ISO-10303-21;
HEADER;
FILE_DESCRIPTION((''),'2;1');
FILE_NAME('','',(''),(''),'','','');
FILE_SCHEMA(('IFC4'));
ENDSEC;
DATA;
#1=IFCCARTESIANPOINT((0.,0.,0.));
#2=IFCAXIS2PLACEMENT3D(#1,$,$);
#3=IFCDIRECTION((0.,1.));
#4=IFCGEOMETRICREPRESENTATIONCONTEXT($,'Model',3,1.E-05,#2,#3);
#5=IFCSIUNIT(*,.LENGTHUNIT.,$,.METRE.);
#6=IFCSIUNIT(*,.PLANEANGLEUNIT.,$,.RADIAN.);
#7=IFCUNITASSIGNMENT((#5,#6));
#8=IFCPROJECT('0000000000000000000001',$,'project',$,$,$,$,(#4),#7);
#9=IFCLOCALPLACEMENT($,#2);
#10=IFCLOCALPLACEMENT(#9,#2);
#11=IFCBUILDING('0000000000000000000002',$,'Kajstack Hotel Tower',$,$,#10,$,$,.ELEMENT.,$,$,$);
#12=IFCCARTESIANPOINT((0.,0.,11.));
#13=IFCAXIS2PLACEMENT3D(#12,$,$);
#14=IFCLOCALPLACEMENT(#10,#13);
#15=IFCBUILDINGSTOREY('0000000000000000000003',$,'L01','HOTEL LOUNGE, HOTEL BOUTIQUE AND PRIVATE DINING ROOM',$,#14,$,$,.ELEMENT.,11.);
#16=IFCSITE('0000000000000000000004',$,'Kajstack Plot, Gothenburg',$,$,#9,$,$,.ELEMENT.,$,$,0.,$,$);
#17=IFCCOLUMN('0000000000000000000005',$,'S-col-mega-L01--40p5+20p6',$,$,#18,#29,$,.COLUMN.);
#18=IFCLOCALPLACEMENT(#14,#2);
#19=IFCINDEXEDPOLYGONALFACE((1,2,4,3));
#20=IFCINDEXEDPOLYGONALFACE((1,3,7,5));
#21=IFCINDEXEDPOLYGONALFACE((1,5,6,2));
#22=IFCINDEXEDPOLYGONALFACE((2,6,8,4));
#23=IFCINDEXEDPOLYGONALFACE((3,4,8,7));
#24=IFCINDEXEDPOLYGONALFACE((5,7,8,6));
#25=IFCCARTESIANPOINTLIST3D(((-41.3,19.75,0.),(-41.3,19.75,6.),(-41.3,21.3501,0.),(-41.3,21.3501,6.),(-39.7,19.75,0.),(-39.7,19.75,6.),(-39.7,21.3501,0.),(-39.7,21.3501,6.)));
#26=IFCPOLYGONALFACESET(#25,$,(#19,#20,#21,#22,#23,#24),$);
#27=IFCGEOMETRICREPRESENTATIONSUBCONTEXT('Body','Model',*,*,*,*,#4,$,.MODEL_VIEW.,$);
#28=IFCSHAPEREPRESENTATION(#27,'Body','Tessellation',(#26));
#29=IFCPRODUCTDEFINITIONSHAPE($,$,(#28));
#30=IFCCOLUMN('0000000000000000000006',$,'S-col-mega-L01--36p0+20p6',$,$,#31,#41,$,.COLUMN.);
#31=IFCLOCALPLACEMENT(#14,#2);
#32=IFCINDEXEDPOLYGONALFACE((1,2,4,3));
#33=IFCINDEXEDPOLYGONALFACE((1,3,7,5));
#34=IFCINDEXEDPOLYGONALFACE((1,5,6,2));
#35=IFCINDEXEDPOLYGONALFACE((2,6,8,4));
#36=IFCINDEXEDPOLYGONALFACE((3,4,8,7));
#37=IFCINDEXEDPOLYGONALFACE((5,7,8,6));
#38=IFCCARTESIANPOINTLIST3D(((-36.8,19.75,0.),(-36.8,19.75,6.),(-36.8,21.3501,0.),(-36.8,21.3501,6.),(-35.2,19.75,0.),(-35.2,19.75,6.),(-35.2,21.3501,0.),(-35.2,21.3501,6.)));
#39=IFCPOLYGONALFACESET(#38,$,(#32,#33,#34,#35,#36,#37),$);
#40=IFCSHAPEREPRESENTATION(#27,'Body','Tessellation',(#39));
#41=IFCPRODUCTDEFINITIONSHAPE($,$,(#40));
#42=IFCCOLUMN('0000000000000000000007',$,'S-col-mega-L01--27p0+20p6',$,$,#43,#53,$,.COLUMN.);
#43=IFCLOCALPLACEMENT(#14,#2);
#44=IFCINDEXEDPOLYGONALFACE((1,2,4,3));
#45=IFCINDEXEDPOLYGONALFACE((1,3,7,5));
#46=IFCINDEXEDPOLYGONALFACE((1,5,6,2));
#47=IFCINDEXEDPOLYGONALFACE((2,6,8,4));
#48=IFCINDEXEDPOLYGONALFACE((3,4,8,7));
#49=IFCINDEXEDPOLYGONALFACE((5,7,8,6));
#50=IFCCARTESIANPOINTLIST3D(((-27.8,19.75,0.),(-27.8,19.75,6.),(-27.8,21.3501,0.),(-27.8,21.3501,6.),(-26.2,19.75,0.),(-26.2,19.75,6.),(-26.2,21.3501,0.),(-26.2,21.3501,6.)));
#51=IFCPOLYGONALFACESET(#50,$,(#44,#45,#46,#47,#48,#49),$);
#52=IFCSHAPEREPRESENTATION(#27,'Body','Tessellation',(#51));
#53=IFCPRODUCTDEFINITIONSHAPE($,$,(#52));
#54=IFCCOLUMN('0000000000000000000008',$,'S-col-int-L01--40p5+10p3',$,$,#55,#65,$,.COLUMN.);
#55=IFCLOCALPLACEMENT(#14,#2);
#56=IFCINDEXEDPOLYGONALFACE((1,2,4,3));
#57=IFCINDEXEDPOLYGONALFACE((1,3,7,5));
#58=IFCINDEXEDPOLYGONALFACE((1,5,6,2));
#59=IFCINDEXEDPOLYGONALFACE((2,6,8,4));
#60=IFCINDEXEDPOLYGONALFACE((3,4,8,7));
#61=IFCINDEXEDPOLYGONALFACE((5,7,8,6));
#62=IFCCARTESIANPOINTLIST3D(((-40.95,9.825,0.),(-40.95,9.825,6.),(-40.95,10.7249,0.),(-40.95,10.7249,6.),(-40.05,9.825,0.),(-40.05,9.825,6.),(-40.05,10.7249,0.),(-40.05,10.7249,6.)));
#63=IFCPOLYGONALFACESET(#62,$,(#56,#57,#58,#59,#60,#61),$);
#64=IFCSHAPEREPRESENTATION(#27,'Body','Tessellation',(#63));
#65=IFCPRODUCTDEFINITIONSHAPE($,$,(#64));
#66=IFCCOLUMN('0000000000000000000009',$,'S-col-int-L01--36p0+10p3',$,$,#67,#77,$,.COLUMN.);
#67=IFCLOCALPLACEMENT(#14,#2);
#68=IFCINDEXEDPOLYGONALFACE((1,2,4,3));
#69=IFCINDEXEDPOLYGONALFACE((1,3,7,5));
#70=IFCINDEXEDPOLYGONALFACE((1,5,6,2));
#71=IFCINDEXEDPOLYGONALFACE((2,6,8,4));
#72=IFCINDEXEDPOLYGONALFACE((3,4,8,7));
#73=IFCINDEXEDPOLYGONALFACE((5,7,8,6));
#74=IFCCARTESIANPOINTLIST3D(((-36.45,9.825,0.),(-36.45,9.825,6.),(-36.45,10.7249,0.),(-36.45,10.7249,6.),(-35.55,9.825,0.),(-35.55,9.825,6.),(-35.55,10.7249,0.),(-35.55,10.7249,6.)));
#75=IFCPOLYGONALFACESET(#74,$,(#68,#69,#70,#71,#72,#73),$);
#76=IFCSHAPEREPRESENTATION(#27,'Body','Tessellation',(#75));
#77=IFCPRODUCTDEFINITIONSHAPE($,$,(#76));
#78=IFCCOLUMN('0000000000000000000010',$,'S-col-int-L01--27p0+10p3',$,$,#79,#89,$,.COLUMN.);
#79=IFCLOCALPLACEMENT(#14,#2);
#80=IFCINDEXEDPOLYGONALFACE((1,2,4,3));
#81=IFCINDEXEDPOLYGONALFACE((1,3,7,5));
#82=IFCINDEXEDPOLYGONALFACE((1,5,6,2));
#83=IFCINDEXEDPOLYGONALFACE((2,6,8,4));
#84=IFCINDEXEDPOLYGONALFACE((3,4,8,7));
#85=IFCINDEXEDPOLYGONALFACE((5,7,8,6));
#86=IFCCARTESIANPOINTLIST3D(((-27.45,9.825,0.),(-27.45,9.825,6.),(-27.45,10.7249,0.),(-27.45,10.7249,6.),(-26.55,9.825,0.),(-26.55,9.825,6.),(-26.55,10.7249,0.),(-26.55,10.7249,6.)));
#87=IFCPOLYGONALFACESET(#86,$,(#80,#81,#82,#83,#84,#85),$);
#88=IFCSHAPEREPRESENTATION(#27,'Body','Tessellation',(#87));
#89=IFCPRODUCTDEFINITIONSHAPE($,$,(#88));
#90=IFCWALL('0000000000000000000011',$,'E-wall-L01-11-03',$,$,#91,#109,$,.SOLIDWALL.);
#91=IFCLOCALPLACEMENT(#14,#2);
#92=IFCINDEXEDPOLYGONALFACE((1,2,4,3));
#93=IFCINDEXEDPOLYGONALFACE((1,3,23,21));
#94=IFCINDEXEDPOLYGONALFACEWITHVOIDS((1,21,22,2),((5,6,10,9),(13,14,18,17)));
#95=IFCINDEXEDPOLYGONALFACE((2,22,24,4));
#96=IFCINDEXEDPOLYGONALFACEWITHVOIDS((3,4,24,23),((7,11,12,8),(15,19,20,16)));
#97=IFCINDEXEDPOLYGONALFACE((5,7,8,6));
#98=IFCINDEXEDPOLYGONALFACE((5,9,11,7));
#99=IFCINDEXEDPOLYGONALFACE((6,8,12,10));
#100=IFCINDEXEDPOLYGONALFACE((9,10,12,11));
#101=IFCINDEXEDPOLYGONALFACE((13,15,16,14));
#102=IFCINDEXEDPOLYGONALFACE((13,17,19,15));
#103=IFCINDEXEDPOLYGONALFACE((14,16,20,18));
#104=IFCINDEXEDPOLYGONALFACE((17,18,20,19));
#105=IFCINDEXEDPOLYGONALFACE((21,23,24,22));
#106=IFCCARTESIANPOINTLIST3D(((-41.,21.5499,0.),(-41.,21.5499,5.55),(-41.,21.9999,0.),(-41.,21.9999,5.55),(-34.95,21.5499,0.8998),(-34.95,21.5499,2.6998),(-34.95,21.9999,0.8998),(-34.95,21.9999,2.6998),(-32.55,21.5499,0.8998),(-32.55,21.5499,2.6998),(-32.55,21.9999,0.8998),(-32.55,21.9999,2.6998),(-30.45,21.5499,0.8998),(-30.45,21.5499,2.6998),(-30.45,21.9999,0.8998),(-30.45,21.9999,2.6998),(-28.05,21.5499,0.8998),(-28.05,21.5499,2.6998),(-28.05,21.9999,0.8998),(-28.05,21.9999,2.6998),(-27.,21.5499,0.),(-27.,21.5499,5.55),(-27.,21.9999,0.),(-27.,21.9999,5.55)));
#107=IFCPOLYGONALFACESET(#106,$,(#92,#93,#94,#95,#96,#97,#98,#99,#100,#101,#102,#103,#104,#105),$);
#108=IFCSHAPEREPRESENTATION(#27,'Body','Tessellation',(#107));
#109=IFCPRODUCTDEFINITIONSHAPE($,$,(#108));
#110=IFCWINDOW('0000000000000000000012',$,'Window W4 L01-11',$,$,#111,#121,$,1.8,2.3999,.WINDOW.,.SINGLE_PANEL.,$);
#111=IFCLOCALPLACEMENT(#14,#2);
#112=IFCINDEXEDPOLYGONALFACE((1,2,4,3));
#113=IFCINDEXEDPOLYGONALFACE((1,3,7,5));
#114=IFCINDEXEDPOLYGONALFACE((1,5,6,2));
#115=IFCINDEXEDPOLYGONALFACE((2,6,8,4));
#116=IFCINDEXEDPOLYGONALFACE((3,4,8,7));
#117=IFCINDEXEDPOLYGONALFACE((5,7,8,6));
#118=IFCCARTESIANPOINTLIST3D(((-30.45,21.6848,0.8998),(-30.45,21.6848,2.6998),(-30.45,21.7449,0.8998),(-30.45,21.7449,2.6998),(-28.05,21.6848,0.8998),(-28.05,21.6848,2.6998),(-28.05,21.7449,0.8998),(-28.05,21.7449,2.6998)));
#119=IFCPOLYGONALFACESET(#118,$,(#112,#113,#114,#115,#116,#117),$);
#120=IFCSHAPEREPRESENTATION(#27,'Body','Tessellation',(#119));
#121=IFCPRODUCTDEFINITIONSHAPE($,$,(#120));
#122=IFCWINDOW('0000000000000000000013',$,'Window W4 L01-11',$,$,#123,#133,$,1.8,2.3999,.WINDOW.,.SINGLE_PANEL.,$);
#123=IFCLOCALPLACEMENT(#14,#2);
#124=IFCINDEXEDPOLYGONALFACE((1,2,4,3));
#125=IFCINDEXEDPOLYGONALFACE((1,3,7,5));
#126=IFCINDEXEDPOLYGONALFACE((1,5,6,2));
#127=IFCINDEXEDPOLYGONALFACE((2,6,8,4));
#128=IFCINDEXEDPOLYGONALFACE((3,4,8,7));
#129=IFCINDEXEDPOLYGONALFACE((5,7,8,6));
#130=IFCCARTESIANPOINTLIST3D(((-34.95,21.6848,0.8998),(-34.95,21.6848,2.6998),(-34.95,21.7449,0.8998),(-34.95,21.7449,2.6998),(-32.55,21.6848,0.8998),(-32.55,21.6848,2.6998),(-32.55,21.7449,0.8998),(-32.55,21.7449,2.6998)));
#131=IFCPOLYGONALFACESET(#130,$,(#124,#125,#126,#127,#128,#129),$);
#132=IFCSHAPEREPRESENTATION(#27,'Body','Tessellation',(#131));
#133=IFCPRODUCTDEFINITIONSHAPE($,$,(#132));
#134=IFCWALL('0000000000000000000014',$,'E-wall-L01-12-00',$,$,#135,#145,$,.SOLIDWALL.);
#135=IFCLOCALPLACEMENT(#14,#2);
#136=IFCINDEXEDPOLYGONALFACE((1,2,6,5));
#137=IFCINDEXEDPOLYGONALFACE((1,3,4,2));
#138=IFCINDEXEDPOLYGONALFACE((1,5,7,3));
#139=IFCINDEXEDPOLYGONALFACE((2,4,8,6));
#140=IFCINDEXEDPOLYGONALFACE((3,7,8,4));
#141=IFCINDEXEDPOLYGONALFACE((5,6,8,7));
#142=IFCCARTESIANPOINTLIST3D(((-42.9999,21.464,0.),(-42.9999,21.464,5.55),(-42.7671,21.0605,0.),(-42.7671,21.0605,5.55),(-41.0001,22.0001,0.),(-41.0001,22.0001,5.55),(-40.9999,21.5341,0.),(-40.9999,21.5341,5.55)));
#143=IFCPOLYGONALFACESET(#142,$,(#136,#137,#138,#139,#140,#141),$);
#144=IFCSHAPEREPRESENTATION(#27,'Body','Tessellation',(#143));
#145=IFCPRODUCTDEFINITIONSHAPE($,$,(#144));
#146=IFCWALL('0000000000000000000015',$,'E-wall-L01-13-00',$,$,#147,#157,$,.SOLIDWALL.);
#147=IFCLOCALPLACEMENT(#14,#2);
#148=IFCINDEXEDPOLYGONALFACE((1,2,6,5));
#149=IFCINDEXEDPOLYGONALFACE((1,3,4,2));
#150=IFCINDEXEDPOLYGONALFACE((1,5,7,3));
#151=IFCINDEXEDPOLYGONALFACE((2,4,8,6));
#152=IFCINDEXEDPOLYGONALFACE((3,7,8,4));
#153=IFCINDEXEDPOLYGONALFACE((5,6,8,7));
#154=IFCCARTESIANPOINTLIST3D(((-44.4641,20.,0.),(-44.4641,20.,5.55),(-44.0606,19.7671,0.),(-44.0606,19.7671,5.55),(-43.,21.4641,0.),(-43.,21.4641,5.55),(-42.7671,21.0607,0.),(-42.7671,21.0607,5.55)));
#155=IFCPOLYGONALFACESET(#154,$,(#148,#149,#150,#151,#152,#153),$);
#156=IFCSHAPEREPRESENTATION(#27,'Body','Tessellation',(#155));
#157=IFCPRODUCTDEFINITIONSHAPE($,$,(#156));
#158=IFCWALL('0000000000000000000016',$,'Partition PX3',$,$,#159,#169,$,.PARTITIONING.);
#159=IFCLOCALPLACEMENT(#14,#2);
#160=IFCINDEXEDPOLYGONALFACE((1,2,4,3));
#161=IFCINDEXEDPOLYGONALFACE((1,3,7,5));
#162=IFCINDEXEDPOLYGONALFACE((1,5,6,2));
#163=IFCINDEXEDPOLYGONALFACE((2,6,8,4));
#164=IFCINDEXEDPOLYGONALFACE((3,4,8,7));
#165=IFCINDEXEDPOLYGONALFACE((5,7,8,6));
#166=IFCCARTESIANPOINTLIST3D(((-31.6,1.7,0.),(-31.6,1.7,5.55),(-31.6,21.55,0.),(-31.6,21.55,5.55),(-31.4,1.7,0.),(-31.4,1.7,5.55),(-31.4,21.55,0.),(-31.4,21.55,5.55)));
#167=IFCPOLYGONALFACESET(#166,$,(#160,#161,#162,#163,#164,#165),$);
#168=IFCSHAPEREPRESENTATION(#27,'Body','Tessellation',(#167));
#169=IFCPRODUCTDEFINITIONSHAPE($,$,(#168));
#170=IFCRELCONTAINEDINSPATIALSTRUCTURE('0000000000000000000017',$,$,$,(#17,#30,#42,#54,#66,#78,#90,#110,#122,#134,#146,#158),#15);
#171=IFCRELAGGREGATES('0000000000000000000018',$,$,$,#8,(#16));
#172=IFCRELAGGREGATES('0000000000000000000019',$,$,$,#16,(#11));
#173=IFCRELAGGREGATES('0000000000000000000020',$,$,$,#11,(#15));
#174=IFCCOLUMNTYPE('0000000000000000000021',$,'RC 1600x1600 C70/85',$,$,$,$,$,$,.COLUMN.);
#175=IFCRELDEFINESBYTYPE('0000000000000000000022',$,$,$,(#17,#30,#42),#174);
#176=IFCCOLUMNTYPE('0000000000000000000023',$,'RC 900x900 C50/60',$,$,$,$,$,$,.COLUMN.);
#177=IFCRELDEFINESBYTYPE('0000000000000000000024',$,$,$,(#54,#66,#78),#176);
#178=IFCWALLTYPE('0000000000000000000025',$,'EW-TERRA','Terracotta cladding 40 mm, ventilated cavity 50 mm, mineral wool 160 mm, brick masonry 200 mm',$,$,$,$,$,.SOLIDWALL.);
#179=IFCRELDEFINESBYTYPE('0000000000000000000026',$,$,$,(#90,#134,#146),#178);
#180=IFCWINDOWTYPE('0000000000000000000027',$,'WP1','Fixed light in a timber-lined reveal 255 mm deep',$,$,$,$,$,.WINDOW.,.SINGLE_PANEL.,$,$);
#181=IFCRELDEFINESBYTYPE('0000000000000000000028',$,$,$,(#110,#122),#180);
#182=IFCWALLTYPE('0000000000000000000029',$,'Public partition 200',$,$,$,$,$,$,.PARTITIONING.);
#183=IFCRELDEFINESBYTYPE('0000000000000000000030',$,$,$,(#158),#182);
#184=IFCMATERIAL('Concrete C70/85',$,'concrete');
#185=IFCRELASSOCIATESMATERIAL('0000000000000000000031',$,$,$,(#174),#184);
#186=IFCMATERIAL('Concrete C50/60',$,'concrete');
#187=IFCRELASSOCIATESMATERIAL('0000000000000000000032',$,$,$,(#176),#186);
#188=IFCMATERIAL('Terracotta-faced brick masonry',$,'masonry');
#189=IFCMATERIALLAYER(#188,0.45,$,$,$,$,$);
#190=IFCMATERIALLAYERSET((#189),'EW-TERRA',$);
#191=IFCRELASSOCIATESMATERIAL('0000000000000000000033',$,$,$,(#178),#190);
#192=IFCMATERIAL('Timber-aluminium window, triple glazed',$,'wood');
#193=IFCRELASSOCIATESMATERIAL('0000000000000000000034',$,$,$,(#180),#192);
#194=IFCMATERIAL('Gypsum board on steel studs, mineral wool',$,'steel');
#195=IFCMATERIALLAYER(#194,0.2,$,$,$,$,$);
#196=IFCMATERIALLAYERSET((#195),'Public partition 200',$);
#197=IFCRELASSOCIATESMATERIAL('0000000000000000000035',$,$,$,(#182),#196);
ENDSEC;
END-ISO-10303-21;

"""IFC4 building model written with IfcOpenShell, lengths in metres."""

from ifc_helpers import new_model, si_unit, direction, frame, frame_2d, origin, origin_2d, place, context, subcontext, project, spatial, polyline, rectangle, outline, extrude, material, layer, layer_set, material_profile, profile_set, type_object, element, fill, save


model = new_model("IFC4")

# Units and contexts
model_context = context("Model", 3, precision=1e-05, world=origin(), true_north=direction((0.0, 1.0)))
body_context = subcontext(model_context, "Body", "Model", "MODEL_VIEW")
ifc_project = project(units=[si_unit("LENGTHUNIT", "METRE"), si_unit("PLANEANGLEUNIT", "RADIAN")], contexts=[model_context])

# Site, building, storey
site_placement = place(None, origin())
site = spatial("IfcSite", under=ifc_project, at=site_placement, Name="Kajstack Plot, Gothenburg", CompositionType="ELEMENT", RefElevation=0.0)
building_placement = place(site_placement, origin())
building = spatial("IfcBuilding", under=site, at=building_placement, Name="Kajstack Hotel Tower", CompositionType="ELEMENT")
storey_placement = place(building_placement, frame((0.0, 0.0, 11.0)))
storey = spatial("IfcBuildingStorey", under=building, at=storey_placement, Name="L01", Description="HOTEL LOUNGE, HOTEL BOUTIQUE AND PRIVATE DINING ROOM", CompositionType="ELEMENT", Elevation=11.0)

# Columns
ifc_material_1 = material(Name="Concrete C70/85", Category="concrete")
ifc_material_profile_1 = material_profile(ifc_material_1, rectangle(XDim=1.6001, YDim=1.6001, at=origin_2d()), Name="RC 1600x1600")
ifc_profile_set_1 = profile_set([ifc_material_profile_1], Name="Concrete C70/85")
column_type_1 = type_object("IfcColumnType", Name="RC 1600x1600 C70/85", PredefinedType="COLUMN", material=ifc_profile_set_1)
for number, where, z_axis, x_axis, name in (
    (1, (-40.5, 20.55, 0.0), (0.0, 0.0, 1.0), (1.0, 0.0, 0.0), "S-col-mega-L01--40p5+20p6"),
    (2, (-36.0, 20.55, 0.0), (0.0, 0.0, 1.0), (1.0, 0.0, 0.0), "S-col-mega-L01--36p0+20p6"),
    (3, (-27.0, 20.55, 0.0), (0.0, 0.0, 1.0), (1.0, 0.0, 0.0), "S-col-mega-L01--27p0+20p6"),
):
    element("IfcColumn", number, at=place(storey_placement, frame(where, z_axis=z_axis, x_axis=x_axis)), inside=storey, type_object=column_type_1, Name=name, PredefinedType="COLUMN", context=body_context, shape_type="SweptSolid", body=[
        extrude(rectangle(XDim=1.6001, YDim=1.6001, at=origin_2d()), origin(), (0.0, 0.0, 1.0), 6.0),
    ])
ifc_material_2 = material(Name="Concrete C50/60", Category="concrete")
ifc_material_profile_2 = material_profile(ifc_material_2, rectangle(XDim=0.8999, YDim=0.8999, at=origin_2d()), Name="RC 900x900")
ifc_profile_set_2 = profile_set([ifc_material_profile_2], Name="Concrete C50/60")
column_type_2 = type_object("IfcColumnType", Name="RC 900x900 C50/60", PredefinedType="COLUMN", material=ifc_profile_set_2)
for number, where, z_axis, x_axis, name in (
    (4, (-40.5, 10.2749, 0.0), (0.0, 0.0, 1.0), (1.0, 0.0, 0.0), "S-col-int-L01--40p5+10p3"),
    (5, (-36.0, 10.2749, 0.0), (0.0, 0.0, 1.0), (1.0, 0.0, 0.0), "S-col-int-L01--36p0+10p3"),
    (6, (-27.0, 10.2749, 0.0), (0.0, 0.0, 1.0), (1.0, 0.0, 0.0), "S-col-int-L01--27p0+10p3"),
):
    element("IfcColumn", number, at=place(storey_placement, frame(where, z_axis=z_axis, x_axis=x_axis)), inside=storey, type_object=column_type_2, Name=name, PredefinedType="COLUMN", context=body_context, shape_type="SweptSolid", body=[
        extrude(rectangle(XDim=0.8999, YDim=0.8999, at=origin_2d()), origin(), (0.0, 0.0, 1.0), 6.0),
    ])

# Wall, openings, windows
ifc_material_3 = material(Name="Terracotta-faced brick masonry", Category="masonry")
ifc_layer_1 = layer(ifc_material_3, 0.45)
ifc_layer_set_1 = layer_set([ifc_layer_1], Name="EW-TERRA")
wall_type_1 = type_object("IfcWallType", Name="EW-TERRA", Description="Terracotta cladding 40 mm, ventilated cavity 50 mm, mineral wool 160 mm, brick masonry 200 mm", PredefinedType="SOLIDWALL", material=ifc_layer_set_1)
wall_1_placement = place(storey_placement, frame((-27.0, 21.7749, 0.0), z_axis=(0.0, 0.0, 1.0), x_axis=(-1.0, 0.0, 0.0)))
wall_1 = element("IfcWall", 7, at=wall_1_placement, inside=storey, type_object=wall_type_1, Name="E-wall-L01-11-03", PredefinedType="SOLIDWALL", context=body_context, shape_type="SweptSolid", body=[
    extrude(rectangle(XDim=14.0, YDim=0.45, at=frame_2d((7.0, 0.0))), origin(), (0.0, 0.0, 1.0), 5.55),
])
opening_1_placement = place(wall_1_placement, frame((1.05, 0.0, 0.8999)))
opening_1 = element("IfcOpeningElement", 8, at=opening_1_placement, cuts=wall_1, PredefinedType="OPENING", context=body_context, shape_type="SweptSolid", body=[
    extrude(rectangle(XDim=2.3999, YDim=1.8, at=frame_2d((1.2, 0.8999))), frame((0.0, 0.2349, 0.0), z_axis=(0.0, -1.0, 0.0), x_axis=(1.0, 0.0, 0.0)), (0.0, 0.0, 1.0), 0.47),
])
opening_2_placement = place(wall_1_placement, frame((5.55, 0.0, 0.8999)))
opening_2 = element("IfcOpeningElement", 9, at=opening_2_placement, cuts=wall_1, PredefinedType="OPENING", context=body_context, shape_type="SweptSolid", body=[
    extrude(rectangle(XDim=2.3999, YDim=1.8, at=frame_2d((1.2, 0.8999))), frame((0.0, 0.2349, 0.0), z_axis=(0.0, -1.0, 0.0), x_axis=(1.0, 0.0, 0.0)), (0.0, 0.0, 1.0), 0.47),
])
ifc_material_4 = material(Name="Timber-aluminium window, triple glazed", Category="wood")
window_type = type_object("IfcWindowType", Name="WP1", Description="Fixed light in a timber-lined reveal 255 mm deep", PartitioningType="SINGLE_PANEL", PredefinedType="WINDOW", material=ifc_material_4)
window_1_placement = place(opening_1_placement, origin())
window_1 = element("IfcWindow", 10, at=window_1_placement, inside=storey, type_object=window_type, Name="Window W4 L01-11", OverallHeight=1.8, OverallWidth=2.3999, PartitioningType="SINGLE_PANEL", PredefinedType="WINDOW", context=body_context, shape_type="SweptSolid", body=[
    extrude(rectangle(XDim=2.3999, YDim=1.8, at=frame_2d((1.2, 0.8999))), frame((0.0, 0.0901, 0.0), z_axis=(0.0, -1.0, 0.0), x_axis=(1.0, 0.0, 0.0)), (0.0, 0.0, 1.0), 0.0601),
])
fill(opening_1, window_1)
window_2_placement = place(opening_2_placement, origin())
window_2 = element("IfcWindow", 11, at=window_2_placement, inside=storey, type_object=window_type, Name="Window W4 L01-11", OverallHeight=1.8, OverallWidth=2.3999, PartitioningType="SINGLE_PANEL", PredefinedType="WINDOW", context=body_context, shape_type="SweptSolid", body=[
    extrude(rectangle(XDim=2.3999, YDim=1.8, at=frame_2d((1.2, 0.8999))), frame((0.0, 0.0901, 0.0), z_axis=(0.0, -1.0, 0.0), x_axis=(1.0, 0.0, 0.0)), (0.0, 0.0, 1.0), 0.0601),
])
fill(opening_2, window_2)

# Walls
wall_2_placement = place(storey_placement, frame((-40.9417, 21.7827, 0.0), z_axis=(0.0, 0.0, 1.0), x_axis=(-0.965927, -0.258815, 0.0)))
element("IfcWall", 12, at=wall_2_placement, inside=storey, type_object=wall_type_1, Name="E-wall-L01-12-00", PredefinedType="SOLIDWALL", context=body_context, shape_type="SweptSolid", body=[
    extrude(outline(polyline([(0.0002, -0.2251), (2.0706, -0.2249), (1.9502, 0.2251), (0.1206, 0.2251), (0.0002, -0.2251)])), origin(), (0.0, 0.0, 1.0), 5.55),
])
wall_3_placement = place(storey_placement, frame((-42.8408, 21.3049, 0.0), z_axis=(0.0, 0.0, 1.0), x_axis=(-0.707107, -0.707107, 0.0)))
element("IfcWall", 13, at=wall_3_placement, inside=storey, type_object=wall_type_1, Name="E-wall-L01-13-00", PredefinedType="SOLIDWALL", context=body_context, shape_type="SweptSolid", body=[
    extrude(outline(polyline([(0.0, -0.2251), (2.0706, -0.2251), (1.95, 0.2249), (0.1206, 0.2249), (0.0, -0.2251)])), origin(), (0.0, 0.0, 1.0), 5.55),
])
ifc_material_5 = material(Name="Gypsum board on steel studs, mineral wool", Category="steel")
ifc_layer_2 = layer(ifc_material_5, 0.2)
ifc_layer_set_2 = layer_set([ifc_layer_2], Name="Public partition 200")
wall_type_2 = type_object("IfcWallType", Name="Public partition 200", PredefinedType="PARTITIONING", material=ifc_layer_set_2)
wall_4_placement = place(storey_placement, frame((-31.5, 1.7, 0.0), z_axis=(0.0, 0.0, 1.0), x_axis=(0.0, 1.0, 0.0)))
element("IfcWall", 14, at=wall_4_placement, inside=storey, type_object=wall_type_2, Name="Partition PX3", PredefinedType="PARTITIONING", context=body_context, shape_type="SweptSolid", body=[
    extrude(rectangle(XDim=19.8501, YDim=0.2, at=frame_2d((9.925, 0.0))), origin(), (0.0, 0.0, 1.0), 5.55),
])

save(model, "model.ifc")
